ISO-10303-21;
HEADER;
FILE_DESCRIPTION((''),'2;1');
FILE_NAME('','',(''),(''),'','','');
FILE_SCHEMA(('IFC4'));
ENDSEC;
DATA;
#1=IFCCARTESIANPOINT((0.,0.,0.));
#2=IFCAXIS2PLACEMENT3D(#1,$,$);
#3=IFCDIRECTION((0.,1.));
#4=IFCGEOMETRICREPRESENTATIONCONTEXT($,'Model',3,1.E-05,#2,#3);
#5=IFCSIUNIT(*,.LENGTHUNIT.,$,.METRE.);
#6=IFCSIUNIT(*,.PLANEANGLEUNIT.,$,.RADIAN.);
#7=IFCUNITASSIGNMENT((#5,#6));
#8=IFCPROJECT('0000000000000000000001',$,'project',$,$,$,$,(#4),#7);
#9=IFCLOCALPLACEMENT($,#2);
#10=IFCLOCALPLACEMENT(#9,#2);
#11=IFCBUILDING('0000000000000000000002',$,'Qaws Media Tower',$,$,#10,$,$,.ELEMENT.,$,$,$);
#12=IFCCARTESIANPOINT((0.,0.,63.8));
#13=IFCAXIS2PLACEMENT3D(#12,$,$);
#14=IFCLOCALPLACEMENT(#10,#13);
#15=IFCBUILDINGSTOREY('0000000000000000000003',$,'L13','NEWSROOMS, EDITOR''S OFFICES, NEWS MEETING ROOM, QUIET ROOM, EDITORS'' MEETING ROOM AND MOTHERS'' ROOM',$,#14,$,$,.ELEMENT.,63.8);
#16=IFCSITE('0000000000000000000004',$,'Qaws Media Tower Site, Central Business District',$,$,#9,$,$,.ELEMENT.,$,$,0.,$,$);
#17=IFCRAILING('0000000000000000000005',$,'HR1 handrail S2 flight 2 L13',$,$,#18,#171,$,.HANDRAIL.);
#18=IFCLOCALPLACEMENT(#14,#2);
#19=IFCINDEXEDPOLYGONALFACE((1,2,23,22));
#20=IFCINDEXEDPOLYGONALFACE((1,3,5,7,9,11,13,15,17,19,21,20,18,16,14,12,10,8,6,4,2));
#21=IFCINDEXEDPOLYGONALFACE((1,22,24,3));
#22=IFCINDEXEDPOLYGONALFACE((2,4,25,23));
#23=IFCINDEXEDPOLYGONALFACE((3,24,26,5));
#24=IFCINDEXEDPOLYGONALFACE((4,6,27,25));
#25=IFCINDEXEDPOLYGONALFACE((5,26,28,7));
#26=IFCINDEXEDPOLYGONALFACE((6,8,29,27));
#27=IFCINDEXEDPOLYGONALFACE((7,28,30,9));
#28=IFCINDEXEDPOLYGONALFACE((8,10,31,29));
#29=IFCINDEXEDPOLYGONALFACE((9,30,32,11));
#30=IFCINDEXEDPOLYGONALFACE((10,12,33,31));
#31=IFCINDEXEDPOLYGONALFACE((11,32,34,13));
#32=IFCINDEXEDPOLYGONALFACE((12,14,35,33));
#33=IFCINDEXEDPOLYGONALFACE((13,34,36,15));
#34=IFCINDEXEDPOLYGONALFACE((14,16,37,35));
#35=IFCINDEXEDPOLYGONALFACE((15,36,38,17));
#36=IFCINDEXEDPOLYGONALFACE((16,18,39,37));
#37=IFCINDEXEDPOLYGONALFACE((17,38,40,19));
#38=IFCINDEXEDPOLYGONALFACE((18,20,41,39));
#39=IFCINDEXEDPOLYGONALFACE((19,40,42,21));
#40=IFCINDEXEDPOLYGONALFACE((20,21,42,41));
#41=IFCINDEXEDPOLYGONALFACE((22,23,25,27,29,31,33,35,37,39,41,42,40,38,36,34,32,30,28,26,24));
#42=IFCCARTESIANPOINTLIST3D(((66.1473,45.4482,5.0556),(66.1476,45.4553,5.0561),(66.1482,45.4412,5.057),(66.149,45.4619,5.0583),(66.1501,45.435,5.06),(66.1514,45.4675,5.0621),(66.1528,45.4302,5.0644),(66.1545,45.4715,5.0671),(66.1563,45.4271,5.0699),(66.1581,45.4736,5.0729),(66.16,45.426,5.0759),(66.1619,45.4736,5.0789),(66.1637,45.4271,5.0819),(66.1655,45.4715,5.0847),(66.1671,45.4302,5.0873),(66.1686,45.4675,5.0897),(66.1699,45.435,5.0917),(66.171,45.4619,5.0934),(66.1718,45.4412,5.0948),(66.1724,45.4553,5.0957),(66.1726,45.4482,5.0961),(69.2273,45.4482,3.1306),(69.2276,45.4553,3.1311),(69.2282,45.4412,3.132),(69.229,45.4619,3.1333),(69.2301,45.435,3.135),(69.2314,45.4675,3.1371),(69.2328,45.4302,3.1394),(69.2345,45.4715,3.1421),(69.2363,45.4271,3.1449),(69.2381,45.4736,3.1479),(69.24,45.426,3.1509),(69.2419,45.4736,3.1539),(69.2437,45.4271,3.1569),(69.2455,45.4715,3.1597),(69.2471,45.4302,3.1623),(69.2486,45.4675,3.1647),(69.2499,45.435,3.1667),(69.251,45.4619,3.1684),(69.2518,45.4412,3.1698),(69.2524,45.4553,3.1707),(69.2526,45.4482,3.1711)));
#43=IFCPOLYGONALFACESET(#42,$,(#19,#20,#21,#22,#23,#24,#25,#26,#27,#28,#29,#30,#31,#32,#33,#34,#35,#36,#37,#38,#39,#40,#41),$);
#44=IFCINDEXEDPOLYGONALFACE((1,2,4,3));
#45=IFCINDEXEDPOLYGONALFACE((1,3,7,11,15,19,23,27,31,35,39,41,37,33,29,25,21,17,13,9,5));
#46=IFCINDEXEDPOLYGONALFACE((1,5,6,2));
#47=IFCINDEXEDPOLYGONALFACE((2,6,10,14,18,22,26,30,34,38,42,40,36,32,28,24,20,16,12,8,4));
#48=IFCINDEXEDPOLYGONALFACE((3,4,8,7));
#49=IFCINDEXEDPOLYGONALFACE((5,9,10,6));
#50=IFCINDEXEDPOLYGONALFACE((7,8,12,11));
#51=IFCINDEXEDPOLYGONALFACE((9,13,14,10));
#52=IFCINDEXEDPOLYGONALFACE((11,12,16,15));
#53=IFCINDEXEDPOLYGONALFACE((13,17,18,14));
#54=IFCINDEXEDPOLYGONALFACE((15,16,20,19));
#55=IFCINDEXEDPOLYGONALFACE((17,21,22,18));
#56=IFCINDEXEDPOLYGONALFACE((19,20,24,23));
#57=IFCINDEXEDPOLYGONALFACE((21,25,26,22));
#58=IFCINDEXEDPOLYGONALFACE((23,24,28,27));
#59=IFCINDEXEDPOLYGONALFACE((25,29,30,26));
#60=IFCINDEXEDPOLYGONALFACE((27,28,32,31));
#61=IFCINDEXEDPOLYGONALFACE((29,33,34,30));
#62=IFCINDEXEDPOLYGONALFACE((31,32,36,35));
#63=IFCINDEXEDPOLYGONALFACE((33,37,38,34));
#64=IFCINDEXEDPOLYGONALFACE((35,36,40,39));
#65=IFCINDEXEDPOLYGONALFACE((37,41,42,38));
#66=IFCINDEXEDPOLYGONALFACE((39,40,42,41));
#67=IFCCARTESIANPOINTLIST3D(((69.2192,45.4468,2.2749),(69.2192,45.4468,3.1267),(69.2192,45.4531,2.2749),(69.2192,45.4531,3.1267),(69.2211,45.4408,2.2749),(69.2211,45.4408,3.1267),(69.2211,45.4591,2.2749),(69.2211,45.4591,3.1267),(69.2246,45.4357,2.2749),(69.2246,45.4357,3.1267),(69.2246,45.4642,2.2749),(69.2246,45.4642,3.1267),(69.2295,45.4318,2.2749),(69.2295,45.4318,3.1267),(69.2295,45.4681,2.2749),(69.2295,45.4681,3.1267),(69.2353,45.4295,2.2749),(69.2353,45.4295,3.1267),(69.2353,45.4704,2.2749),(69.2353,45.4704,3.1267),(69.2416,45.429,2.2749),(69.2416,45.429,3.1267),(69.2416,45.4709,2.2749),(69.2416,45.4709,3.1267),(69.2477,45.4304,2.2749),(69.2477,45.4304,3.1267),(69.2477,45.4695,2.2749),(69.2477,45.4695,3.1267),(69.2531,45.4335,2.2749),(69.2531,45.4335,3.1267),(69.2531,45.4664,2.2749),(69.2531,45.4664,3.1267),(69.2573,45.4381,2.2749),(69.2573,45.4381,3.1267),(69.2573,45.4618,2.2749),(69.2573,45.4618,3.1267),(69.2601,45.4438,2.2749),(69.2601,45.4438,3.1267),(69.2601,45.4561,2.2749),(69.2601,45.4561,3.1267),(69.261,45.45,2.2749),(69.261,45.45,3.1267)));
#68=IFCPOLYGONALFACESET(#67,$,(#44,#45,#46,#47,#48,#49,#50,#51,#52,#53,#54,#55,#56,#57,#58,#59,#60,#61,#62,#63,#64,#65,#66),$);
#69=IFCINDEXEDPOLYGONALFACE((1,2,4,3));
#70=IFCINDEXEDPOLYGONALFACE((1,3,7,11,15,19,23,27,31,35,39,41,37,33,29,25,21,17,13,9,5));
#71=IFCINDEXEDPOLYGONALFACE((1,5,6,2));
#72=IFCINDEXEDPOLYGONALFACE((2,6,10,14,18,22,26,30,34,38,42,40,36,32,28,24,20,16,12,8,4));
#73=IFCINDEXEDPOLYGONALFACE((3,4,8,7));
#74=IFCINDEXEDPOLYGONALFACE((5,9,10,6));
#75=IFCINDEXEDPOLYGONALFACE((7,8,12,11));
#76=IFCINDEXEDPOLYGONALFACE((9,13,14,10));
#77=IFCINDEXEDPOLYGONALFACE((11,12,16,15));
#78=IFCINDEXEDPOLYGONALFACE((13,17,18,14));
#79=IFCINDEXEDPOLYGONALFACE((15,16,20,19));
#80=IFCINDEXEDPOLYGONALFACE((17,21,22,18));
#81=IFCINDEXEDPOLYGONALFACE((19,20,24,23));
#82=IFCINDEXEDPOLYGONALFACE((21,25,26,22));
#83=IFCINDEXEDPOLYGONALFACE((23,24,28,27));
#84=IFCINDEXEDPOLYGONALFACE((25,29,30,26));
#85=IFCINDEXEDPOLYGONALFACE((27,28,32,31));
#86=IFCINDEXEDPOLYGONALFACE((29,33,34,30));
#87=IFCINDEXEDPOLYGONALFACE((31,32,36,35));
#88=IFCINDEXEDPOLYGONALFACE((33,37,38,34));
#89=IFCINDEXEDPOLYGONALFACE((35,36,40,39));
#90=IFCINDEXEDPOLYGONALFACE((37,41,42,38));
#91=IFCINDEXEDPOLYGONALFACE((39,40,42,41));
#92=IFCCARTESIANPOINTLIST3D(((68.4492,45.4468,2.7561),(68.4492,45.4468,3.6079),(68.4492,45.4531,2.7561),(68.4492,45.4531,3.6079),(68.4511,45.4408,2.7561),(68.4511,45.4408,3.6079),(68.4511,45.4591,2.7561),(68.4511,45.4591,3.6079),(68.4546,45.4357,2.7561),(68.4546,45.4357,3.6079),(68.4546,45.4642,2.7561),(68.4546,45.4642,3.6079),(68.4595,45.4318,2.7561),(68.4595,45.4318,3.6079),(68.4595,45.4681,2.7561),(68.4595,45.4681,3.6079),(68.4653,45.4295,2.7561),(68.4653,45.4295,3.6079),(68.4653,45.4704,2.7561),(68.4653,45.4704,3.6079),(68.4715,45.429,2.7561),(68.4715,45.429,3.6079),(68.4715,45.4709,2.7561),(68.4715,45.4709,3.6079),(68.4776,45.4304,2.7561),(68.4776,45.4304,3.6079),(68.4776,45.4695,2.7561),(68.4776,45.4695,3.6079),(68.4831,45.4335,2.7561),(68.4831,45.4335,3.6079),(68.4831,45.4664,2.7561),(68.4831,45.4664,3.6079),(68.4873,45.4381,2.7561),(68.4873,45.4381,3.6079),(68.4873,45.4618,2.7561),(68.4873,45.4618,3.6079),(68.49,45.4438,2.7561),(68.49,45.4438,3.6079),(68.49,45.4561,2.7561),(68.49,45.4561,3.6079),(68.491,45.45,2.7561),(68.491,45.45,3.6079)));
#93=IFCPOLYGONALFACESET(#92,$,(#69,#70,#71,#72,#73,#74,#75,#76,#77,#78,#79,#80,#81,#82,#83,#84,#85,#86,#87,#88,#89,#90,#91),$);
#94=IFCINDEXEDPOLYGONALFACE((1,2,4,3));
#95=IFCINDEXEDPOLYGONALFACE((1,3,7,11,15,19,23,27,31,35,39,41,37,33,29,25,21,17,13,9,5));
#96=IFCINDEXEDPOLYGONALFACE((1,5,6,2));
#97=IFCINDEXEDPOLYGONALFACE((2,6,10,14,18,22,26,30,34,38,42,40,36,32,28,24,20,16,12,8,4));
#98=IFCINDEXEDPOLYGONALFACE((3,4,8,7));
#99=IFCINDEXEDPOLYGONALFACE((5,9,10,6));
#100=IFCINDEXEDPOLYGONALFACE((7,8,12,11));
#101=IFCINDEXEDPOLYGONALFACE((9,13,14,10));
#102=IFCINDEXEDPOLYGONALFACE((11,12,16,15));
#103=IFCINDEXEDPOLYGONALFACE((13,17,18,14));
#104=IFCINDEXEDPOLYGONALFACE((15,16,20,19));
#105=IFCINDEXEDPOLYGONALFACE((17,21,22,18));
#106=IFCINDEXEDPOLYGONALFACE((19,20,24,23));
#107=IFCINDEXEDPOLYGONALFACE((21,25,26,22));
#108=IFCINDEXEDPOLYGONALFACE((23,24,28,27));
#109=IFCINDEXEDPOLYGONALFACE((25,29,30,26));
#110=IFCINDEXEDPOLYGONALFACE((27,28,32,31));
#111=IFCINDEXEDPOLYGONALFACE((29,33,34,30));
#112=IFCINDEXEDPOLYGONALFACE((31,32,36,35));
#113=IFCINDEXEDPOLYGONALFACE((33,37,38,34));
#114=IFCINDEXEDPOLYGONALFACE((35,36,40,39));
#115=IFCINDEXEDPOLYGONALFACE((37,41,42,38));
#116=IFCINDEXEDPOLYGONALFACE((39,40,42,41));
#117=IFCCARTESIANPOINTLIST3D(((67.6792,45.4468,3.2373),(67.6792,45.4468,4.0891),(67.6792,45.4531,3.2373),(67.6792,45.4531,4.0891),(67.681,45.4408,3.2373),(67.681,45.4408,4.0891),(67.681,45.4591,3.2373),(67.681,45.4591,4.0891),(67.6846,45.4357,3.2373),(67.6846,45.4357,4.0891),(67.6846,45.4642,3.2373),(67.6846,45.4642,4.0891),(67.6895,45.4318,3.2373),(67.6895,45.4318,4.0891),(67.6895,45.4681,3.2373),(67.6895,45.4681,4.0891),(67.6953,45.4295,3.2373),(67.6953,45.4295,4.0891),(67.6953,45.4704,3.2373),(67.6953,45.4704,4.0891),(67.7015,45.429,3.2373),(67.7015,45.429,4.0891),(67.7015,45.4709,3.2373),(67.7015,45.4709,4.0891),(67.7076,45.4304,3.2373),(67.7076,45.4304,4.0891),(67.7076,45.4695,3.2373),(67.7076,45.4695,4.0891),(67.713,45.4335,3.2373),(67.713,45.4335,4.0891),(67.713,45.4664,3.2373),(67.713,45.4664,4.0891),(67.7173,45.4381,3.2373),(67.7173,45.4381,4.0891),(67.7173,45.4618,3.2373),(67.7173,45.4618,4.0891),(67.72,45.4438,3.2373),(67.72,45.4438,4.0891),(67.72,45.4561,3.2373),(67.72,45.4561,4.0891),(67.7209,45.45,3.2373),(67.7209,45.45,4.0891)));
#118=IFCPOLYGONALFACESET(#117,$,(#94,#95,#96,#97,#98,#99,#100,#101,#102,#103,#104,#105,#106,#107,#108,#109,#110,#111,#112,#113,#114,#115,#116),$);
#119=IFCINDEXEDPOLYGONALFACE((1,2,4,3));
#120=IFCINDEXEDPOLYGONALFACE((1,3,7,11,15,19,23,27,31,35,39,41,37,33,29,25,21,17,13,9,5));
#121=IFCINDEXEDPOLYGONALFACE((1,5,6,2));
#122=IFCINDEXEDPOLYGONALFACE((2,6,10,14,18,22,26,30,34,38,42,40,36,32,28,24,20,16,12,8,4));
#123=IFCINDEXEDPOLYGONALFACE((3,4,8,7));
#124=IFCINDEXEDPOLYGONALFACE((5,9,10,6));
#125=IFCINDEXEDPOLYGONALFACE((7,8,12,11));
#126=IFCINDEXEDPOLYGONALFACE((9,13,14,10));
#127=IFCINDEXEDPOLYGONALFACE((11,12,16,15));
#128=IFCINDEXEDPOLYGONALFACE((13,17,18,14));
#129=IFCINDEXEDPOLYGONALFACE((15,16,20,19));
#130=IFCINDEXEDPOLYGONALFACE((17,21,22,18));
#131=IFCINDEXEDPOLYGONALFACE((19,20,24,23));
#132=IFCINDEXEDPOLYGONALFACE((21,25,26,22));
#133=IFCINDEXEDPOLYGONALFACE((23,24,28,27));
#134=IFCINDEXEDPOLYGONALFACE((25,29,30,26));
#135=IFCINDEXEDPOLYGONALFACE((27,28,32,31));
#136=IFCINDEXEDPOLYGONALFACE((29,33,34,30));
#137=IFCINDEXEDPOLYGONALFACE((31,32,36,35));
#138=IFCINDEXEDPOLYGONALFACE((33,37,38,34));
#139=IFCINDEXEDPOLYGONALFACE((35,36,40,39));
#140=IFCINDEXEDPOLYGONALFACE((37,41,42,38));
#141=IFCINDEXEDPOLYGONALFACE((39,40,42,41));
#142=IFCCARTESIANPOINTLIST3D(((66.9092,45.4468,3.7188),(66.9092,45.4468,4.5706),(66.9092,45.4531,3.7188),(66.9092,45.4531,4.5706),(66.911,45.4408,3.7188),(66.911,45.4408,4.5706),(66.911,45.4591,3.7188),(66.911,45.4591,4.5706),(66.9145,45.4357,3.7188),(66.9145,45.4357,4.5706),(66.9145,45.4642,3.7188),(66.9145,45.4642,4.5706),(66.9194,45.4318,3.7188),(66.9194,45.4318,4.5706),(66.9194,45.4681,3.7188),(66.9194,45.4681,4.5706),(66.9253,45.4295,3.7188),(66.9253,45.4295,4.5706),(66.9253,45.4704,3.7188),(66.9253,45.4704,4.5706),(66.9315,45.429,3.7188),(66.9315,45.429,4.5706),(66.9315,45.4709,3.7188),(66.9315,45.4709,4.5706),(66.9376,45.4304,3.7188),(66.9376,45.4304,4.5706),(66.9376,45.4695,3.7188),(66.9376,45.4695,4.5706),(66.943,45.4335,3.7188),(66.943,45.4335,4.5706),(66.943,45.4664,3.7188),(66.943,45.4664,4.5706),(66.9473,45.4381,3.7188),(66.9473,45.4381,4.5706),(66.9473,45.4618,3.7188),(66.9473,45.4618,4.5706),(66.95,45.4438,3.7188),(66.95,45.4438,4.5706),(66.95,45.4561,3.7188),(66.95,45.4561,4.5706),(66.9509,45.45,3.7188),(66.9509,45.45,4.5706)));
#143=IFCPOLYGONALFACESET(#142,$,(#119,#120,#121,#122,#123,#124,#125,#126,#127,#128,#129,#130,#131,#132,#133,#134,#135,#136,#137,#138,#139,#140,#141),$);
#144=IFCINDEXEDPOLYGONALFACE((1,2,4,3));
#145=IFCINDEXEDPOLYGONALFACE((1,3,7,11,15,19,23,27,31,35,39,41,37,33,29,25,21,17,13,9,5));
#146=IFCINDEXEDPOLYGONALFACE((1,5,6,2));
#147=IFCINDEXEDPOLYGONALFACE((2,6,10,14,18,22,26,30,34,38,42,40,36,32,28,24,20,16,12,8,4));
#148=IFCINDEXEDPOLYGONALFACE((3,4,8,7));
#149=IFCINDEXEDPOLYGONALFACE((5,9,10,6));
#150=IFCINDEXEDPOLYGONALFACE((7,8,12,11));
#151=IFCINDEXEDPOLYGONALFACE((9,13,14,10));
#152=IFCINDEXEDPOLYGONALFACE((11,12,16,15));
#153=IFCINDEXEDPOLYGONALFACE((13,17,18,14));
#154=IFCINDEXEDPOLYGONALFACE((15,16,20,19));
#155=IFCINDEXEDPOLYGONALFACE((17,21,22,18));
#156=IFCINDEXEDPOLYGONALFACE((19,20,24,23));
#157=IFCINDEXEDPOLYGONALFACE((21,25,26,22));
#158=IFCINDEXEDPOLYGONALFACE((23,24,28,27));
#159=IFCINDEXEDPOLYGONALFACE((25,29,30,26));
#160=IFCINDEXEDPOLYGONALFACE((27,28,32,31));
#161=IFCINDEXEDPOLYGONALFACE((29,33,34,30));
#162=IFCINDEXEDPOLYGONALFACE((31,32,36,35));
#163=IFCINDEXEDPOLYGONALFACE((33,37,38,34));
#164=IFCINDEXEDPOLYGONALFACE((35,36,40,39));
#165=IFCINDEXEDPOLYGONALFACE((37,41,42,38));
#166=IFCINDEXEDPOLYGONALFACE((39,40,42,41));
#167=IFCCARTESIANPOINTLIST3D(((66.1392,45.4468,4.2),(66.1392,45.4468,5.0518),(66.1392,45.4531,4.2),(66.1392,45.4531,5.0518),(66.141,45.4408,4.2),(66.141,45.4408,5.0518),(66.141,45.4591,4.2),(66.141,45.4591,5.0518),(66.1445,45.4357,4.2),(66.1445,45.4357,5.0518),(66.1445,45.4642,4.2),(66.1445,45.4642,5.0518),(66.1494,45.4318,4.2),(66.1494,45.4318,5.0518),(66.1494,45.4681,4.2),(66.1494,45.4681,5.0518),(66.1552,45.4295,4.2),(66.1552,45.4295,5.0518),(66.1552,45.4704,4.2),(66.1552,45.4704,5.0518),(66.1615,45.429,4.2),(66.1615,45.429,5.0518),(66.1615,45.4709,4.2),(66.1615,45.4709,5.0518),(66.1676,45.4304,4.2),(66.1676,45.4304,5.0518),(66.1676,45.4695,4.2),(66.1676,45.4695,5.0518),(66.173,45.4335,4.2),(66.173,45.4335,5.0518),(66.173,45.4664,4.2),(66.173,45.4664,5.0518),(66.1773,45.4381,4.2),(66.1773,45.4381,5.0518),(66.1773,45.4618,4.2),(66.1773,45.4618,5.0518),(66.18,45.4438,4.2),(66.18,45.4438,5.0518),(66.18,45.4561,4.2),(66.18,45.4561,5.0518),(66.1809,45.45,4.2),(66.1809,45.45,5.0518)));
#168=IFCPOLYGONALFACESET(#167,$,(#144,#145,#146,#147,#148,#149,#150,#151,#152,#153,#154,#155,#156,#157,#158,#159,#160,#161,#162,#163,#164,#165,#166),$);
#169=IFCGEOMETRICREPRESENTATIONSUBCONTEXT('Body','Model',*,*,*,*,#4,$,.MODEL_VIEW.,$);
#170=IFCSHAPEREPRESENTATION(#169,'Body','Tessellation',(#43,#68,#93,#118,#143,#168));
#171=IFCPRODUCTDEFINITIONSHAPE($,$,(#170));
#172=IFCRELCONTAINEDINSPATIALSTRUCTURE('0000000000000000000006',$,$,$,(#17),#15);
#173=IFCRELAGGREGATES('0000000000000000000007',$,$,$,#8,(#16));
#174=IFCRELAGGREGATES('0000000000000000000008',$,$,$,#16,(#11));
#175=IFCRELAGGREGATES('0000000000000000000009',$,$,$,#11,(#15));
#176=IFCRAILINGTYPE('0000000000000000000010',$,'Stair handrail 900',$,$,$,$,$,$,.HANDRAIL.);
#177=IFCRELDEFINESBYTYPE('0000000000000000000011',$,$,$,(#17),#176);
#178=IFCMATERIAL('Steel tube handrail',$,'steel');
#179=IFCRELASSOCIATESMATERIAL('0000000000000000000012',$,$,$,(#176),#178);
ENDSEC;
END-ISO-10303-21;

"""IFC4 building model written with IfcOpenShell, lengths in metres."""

from ifc_helpers import new_model, si_unit, direction, frame, origin, origin_2d, place, context, subcontext, project, spatial, circle, extrude, material, type_object, element, save


model = new_model("IFC4")

# Units and contexts
model_context = context("Model", 3, precision=1e-05, world=origin(), true_north=direction((0.0, 1.0)))
body_context = subcontext(model_context, "Body", "Model", "MODEL_VIEW")
ifc_project = project(units=[si_unit("LENGTHUNIT", "METRE"), si_unit("PLANEANGLEUNIT", "RADIAN")], contexts=[model_context])

# Site, building, storey
site_placement = place(None, origin())
site = spatial("IfcSite", under=ifc_project, at=site_placement, Name="Qaws Media Tower Site, Central Business District", CompositionType="ELEMENT", RefElevation=0.0)
building_placement = place(site_placement, origin())
building = spatial("IfcBuilding", under=site, at=building_placement, Name="Qaws Media Tower", CompositionType="ELEMENT")
storey_placement = place(building_placement, frame((0.0, 0.0, 63.8)))
storey = spatial("IfcBuildingStorey", under=building, at=storey_placement, Name="L13", Description="NEWSROOMS, EDITOR'S OFFICES, NEWS MEETING ROOM, QUIET ROOM, EDITORS' MEETING ROOM AND MOTHERS' ROOM", CompositionType="ELEMENT", Elevation=63.8)

# Railing
ifc_material_1 = material(Name="Steel tube handrail", Category="steel")
railing_type = type_object("IfcRailingType", Name="Stair handrail 900", PredefinedType="HANDRAIL", material=ifc_material_1)
for number, where, name in (
    (1, (69.24, 45.45, 2.2749), "HR1 handrail S2 flight 2 L13"),
):
    element("IfcRailing", number, at=place(storey_placement, frame(where)), inside=storey, type_object=railing_type, Name=name, PredefinedType="HANDRAIL", context=body_context, shape_type="SweptSolid", body=[
        extrude(circle(Radius=0.0239, at=origin_2d()), frame((0.0, 0.0, 0.876), z_axis=(-0.847998, 0.0, 0.529999), x_axis=(0.0, -1.0, 0.0)), (0.0, 0.0, 1.0), 3.6321),
        extrude(circle(Radius=0.021, at=origin_2d()), origin(), (0.0, 0.0, 1.0), 0.8518),
        extrude(circle(Radius=0.021, at=origin_2d()), frame((-0.77, 0.0, 0.4812)), (0.0, 0.0, 1.0), 0.8518),
        extrude(circle(Radius=0.021, at=origin_2d()), frame((-1.54, 0.0, 0.9624)), (0.0, 0.0, 1.0), 0.8518),
        extrude(circle(Radius=0.021, at=origin_2d()), frame((-2.3101, 0.0, 1.4438)), (0.0, 0.0, 1.0), 0.8518),
        extrude(circle(Radius=0.021, at=origin_2d()), frame((-3.0801, 0.0, 1.925)), (0.0, 0.0, 1.0), 0.8518),
    ])

save(model, "model.ifc")
